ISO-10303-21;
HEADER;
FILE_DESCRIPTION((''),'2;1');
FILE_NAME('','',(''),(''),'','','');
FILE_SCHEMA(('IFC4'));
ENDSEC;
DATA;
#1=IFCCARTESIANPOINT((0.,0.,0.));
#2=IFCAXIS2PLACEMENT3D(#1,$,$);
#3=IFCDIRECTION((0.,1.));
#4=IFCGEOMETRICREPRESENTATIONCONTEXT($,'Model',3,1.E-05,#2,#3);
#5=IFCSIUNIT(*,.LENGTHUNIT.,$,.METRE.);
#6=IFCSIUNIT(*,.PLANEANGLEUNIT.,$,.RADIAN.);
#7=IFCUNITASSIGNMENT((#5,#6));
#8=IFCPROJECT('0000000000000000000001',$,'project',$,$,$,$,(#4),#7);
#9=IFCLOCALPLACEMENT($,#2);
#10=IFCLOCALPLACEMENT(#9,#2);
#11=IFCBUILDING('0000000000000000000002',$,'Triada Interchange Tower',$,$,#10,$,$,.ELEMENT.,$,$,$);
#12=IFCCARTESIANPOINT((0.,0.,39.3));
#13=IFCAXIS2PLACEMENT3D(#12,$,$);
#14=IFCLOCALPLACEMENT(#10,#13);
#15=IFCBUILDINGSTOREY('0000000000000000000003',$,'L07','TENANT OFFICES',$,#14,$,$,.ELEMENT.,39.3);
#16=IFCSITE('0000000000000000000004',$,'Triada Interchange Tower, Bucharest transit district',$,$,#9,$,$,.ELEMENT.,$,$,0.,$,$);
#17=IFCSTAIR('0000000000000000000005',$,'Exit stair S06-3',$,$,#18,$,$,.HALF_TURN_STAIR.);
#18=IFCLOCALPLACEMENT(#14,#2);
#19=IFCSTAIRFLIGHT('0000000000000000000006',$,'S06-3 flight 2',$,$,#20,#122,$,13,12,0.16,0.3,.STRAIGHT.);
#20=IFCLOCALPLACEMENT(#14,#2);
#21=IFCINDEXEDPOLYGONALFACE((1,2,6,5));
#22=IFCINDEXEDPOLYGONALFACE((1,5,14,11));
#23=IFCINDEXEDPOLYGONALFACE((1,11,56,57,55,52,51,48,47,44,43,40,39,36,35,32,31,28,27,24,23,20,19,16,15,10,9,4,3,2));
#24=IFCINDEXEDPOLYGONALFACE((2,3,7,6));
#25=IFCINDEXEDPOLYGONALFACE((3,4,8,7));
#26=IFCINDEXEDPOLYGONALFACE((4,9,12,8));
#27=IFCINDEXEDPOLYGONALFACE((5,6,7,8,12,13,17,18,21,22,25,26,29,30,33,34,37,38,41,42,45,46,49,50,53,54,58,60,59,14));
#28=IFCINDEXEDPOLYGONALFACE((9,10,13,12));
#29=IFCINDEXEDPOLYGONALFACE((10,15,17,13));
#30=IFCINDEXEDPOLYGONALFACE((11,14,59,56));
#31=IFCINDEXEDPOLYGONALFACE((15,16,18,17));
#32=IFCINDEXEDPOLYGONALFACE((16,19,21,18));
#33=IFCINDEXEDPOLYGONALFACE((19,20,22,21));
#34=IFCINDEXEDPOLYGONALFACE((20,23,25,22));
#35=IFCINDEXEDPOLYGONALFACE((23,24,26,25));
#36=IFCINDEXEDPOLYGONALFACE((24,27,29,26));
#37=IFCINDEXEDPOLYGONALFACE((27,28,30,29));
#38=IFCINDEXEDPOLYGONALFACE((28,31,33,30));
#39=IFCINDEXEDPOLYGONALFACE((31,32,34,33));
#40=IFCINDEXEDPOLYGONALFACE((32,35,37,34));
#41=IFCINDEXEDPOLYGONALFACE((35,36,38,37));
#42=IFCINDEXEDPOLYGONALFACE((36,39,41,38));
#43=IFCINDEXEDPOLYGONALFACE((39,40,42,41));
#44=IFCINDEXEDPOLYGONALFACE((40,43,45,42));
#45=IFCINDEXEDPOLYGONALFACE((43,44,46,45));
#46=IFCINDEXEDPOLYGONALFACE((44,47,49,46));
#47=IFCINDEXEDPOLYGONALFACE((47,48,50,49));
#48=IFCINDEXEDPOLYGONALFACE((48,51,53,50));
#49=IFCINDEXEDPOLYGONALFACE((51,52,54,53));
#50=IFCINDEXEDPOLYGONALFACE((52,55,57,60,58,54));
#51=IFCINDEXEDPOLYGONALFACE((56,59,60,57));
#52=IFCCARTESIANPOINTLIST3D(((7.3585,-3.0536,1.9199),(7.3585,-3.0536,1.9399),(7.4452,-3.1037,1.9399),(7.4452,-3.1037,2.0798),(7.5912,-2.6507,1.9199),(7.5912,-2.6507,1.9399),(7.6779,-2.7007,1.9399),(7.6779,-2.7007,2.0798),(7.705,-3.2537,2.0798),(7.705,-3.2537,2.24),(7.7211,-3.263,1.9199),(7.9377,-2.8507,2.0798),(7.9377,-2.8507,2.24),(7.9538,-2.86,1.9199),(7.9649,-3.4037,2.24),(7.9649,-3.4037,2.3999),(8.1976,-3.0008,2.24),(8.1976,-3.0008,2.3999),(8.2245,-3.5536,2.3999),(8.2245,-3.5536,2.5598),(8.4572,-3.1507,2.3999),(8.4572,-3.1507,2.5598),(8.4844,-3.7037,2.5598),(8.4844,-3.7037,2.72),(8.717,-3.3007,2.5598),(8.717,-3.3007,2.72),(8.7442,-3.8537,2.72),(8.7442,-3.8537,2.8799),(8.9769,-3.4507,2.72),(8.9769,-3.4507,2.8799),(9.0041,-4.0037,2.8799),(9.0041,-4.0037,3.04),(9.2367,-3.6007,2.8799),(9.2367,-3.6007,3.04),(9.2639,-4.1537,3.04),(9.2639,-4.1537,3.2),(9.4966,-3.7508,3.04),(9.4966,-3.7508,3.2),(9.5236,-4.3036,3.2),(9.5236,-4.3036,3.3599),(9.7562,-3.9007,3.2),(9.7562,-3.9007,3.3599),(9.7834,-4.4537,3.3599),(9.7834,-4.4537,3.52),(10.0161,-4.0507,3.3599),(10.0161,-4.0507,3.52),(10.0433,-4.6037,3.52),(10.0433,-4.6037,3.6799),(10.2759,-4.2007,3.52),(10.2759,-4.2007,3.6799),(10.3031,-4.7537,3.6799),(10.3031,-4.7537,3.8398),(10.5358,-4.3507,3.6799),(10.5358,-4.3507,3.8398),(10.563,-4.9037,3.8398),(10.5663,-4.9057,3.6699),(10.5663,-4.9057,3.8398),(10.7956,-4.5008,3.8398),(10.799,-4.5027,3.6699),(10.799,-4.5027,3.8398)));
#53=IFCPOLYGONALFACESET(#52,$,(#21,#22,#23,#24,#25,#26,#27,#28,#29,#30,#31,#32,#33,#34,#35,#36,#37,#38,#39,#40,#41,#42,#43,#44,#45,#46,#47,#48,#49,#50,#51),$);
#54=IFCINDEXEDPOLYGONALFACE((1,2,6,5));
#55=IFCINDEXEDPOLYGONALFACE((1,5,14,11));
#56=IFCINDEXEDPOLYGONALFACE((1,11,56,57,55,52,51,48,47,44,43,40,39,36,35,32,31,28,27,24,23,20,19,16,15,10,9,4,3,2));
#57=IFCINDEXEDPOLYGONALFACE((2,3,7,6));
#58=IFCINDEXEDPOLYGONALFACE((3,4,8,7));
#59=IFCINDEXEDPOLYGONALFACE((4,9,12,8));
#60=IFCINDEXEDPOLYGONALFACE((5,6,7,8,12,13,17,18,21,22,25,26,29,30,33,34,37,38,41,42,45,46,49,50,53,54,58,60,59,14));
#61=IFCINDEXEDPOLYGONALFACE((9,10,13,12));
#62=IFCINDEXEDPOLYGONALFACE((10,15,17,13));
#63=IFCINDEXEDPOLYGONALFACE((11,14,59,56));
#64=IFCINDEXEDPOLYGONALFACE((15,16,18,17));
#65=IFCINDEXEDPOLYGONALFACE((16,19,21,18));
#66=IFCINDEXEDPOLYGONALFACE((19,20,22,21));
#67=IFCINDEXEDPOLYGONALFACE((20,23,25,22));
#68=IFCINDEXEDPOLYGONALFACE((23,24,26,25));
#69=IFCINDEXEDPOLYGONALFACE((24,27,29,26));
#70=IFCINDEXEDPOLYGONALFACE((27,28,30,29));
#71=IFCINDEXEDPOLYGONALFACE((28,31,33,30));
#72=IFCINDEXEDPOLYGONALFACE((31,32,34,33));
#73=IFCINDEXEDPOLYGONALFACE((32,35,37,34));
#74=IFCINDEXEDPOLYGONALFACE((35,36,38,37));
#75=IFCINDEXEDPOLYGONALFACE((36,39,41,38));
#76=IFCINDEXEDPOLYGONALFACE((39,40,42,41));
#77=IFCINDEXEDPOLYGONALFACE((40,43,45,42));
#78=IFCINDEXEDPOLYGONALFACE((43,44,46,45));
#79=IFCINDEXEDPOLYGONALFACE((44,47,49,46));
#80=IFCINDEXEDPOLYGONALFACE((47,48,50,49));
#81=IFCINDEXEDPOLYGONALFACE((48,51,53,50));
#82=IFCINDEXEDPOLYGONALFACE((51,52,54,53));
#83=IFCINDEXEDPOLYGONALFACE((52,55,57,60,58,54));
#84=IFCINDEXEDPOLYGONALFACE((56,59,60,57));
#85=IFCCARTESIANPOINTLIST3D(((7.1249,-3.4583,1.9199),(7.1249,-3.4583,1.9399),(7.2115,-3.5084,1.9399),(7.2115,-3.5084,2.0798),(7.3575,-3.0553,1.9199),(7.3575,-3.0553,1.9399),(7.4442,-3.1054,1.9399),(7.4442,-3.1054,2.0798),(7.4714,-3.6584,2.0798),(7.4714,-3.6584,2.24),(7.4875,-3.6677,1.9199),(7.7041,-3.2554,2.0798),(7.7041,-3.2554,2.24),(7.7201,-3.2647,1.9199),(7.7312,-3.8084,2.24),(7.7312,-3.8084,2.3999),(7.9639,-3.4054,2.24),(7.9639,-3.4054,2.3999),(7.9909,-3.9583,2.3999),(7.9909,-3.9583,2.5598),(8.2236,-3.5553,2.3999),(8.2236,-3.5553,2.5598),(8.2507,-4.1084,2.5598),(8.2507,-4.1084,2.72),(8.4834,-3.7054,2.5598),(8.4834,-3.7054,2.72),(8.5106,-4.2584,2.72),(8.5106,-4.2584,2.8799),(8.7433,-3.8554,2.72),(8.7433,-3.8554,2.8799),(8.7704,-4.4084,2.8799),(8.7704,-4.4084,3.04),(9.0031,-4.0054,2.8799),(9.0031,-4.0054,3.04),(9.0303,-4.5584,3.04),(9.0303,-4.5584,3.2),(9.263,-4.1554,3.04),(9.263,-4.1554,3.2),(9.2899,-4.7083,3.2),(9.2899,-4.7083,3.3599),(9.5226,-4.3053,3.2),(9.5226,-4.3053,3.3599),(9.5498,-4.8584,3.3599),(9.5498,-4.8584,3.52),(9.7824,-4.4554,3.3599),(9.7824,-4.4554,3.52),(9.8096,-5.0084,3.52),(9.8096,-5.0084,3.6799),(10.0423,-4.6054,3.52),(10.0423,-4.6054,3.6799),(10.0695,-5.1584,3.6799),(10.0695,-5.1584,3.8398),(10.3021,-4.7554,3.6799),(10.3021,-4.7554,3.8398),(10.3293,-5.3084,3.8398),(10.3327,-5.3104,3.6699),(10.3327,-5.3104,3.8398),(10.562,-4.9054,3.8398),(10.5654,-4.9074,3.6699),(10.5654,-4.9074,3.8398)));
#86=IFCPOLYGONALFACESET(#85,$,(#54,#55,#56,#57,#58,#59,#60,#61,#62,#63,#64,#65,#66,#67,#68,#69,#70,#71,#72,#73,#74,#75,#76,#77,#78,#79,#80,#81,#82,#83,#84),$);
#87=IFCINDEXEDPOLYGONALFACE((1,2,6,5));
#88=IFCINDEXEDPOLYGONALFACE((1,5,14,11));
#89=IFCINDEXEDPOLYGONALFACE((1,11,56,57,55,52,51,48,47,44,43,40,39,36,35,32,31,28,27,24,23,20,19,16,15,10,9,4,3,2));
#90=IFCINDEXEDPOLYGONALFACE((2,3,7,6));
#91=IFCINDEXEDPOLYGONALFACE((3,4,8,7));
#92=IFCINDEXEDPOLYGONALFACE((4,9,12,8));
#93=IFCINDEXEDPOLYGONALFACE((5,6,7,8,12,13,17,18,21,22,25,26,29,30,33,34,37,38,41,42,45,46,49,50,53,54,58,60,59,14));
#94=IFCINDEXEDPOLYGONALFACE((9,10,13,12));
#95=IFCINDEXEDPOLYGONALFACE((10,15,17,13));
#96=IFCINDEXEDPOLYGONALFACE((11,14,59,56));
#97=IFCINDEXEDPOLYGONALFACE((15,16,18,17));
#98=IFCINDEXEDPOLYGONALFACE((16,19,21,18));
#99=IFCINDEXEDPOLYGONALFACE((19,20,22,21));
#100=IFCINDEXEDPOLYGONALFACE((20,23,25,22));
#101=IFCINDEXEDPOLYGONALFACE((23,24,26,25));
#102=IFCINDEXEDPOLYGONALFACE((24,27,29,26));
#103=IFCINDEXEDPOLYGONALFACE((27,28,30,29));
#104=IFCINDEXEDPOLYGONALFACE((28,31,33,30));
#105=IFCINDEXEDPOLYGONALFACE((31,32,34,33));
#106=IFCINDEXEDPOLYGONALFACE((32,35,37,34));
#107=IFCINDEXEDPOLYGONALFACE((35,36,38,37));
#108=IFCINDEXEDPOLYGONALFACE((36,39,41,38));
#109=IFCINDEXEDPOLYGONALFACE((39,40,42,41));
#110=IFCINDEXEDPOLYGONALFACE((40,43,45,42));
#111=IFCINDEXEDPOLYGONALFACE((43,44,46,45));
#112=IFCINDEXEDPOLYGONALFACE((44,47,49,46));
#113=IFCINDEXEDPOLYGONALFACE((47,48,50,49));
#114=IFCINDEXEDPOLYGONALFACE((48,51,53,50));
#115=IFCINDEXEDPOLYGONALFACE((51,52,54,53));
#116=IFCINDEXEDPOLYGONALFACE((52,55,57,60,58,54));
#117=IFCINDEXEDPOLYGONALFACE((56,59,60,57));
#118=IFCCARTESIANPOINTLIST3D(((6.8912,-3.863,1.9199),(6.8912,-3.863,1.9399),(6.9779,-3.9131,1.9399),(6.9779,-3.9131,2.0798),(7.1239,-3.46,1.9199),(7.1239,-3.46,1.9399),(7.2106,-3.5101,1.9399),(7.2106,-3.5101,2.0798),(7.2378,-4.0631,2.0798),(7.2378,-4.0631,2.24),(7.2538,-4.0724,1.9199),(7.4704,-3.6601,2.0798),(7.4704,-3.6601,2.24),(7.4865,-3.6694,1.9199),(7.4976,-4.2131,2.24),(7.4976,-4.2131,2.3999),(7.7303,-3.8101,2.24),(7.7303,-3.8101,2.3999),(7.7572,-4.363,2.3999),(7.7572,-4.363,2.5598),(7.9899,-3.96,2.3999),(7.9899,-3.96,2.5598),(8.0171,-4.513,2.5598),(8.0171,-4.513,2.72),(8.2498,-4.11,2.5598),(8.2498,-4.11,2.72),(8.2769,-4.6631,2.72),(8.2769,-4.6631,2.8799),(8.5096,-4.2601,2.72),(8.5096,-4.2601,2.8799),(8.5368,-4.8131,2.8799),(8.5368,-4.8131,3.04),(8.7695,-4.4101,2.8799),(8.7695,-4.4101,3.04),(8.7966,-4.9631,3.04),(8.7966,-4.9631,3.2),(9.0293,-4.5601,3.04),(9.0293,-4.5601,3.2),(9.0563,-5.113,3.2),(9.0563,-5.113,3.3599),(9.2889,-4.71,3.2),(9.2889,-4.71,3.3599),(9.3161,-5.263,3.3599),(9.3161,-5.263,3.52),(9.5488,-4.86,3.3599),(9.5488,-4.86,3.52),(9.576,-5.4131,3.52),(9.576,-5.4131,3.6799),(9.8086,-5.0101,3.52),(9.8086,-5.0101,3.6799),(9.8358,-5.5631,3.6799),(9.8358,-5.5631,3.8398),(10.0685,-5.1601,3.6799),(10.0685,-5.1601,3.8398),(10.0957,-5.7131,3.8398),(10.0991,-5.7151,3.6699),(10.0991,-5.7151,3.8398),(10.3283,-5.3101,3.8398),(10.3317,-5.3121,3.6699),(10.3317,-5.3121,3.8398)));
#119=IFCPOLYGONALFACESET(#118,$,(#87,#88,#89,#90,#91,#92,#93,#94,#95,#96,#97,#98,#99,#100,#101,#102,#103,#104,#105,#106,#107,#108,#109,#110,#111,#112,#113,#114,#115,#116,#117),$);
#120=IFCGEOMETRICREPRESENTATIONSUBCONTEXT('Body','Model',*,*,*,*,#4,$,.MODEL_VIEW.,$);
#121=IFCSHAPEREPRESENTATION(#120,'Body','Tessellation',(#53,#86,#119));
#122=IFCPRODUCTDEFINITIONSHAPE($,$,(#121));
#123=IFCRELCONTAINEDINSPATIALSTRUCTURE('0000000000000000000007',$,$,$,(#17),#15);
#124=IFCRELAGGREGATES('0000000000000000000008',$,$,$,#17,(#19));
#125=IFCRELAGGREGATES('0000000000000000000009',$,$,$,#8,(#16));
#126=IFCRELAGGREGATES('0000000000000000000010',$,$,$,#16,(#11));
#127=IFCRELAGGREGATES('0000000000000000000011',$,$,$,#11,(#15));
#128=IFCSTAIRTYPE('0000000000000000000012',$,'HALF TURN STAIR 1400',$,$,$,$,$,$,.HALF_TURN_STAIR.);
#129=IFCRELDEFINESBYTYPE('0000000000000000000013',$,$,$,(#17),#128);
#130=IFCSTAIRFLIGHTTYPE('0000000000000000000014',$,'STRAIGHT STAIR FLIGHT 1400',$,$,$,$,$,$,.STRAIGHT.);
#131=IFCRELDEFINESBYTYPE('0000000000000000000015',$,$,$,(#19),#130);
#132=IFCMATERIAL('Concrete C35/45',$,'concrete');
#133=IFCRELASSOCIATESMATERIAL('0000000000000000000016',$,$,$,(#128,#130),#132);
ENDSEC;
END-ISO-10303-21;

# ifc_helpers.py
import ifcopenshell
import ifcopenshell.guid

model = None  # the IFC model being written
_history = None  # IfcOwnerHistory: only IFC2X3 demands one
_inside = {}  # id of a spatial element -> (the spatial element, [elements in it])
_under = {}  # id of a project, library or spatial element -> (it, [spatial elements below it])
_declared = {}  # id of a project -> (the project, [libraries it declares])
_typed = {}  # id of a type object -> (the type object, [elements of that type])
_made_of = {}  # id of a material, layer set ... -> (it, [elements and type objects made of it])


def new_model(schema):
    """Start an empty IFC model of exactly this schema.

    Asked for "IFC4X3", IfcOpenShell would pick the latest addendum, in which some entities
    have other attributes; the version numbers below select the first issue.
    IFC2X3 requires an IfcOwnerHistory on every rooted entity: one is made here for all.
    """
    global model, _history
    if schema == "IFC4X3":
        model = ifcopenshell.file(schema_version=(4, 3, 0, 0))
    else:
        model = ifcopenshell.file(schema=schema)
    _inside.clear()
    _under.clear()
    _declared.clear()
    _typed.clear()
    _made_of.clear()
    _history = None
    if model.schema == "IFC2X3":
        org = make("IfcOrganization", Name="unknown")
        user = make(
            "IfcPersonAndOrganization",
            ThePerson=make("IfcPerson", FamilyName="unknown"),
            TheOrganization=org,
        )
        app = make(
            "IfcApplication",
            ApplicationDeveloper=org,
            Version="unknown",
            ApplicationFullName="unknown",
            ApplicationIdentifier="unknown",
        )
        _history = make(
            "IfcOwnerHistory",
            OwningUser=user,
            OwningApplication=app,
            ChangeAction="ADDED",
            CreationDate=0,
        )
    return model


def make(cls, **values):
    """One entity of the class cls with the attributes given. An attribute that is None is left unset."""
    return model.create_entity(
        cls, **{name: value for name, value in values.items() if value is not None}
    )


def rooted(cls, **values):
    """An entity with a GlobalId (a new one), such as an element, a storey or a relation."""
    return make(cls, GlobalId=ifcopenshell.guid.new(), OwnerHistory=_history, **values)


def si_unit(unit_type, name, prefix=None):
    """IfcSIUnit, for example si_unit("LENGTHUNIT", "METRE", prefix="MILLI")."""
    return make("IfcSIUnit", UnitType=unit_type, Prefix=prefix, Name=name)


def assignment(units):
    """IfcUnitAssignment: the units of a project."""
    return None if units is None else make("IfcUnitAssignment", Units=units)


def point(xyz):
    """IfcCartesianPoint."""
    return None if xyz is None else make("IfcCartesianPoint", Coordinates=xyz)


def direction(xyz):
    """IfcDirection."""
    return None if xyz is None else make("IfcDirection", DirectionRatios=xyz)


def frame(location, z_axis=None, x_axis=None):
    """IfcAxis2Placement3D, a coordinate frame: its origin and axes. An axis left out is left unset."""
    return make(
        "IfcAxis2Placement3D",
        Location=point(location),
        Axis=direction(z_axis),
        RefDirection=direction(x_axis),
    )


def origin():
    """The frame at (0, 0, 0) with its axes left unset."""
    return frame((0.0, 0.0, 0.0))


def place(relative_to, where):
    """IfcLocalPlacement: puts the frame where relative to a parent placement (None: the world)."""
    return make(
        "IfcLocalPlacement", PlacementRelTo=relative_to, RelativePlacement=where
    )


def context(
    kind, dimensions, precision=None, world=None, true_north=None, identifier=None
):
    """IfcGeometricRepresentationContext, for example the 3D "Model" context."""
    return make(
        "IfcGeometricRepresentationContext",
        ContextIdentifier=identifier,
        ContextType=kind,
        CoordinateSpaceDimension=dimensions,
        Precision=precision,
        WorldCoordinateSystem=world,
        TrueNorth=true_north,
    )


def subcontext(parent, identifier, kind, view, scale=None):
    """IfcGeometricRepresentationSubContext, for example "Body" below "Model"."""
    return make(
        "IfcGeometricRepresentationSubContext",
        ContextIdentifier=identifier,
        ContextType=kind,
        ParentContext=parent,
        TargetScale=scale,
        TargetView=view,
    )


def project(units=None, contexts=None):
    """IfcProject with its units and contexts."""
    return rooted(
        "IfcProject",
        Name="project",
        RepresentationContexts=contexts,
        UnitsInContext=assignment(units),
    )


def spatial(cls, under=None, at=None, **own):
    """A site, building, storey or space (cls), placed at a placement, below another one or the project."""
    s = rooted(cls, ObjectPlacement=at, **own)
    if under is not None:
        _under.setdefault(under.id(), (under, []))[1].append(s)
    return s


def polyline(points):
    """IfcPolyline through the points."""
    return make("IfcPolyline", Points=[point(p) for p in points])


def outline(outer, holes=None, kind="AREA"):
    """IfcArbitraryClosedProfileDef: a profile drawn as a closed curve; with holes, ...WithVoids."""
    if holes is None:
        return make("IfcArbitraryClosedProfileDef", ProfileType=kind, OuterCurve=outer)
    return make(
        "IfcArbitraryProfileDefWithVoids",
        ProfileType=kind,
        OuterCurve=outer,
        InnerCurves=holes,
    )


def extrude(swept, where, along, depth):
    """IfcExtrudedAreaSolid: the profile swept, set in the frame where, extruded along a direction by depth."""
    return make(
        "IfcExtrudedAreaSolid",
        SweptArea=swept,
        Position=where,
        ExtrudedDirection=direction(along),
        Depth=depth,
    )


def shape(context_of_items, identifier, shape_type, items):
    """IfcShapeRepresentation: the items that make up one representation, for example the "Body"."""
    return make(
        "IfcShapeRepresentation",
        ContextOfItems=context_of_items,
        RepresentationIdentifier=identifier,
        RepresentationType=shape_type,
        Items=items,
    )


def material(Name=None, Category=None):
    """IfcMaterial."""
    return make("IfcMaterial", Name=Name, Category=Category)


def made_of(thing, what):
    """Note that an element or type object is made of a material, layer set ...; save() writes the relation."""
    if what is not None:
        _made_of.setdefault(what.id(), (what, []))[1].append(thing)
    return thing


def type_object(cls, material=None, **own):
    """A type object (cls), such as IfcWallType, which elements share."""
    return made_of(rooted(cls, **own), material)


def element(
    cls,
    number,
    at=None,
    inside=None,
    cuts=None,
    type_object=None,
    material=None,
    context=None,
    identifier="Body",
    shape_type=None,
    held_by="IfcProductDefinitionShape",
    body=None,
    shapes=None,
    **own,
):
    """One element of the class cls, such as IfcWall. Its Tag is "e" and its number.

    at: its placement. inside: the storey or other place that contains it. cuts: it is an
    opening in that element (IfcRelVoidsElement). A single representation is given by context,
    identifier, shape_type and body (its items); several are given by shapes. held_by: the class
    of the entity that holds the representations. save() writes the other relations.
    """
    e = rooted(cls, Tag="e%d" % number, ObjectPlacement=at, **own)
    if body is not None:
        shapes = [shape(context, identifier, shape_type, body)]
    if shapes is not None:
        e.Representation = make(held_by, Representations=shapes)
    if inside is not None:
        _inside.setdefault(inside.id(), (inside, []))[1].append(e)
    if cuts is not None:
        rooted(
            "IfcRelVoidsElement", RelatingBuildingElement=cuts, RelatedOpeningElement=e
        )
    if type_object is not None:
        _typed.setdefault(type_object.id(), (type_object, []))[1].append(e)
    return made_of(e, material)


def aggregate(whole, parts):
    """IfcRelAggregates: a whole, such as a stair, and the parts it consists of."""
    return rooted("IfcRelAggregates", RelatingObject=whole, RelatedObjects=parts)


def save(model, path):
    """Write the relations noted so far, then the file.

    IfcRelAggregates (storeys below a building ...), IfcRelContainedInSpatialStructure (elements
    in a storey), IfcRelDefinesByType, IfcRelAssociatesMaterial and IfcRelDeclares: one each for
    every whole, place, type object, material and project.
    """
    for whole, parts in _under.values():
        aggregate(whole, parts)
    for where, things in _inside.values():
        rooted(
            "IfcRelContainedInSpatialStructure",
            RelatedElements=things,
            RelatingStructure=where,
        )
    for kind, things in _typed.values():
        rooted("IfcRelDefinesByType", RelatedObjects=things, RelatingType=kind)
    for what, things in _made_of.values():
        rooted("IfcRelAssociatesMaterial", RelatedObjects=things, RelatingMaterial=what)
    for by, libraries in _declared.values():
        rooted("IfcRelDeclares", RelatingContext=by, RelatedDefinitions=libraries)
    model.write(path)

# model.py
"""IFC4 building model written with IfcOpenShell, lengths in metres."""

from ifc_helpers import new_model, si_unit, direction, frame, origin, place, context, subcontext, project, spatial, polyline, outline, extrude, material, type_object, element, aggregate, save


model = new_model("IFC4")

# Units and contexts
model_context = context("Model", 3, precision=1e-05, world=origin(), true_north=direction((0.0, 1.0)))
body_context = subcontext(model_context, "Body", "Model", "MODEL_VIEW")
ifc_project = project(units=[si_unit("LENGTHUNIT", "METRE"), si_unit("PLANEANGLEUNIT", "RADIAN")], contexts=[model_context])

# Site, building, storey
site_placement = place(None, origin())
site = spatial("IfcSite", under=ifc_project, at=site_placement, Name="Triada Interchange Tower, Bucharest transit district", CompositionType="ELEMENT", RefElevation=0.0)
building_placement = place(site_placement, origin())
building = spatial("IfcBuilding", under=site, at=building_placement, Name="Triada Interchange Tower", CompositionType="ELEMENT")
storey_placement = place(building_placement, frame((0.0, 0.0, 39.3)))
storey = spatial("IfcBuildingStorey", under=building, at=storey_placement, Name="L07", Description="TENANT OFFICES", CompositionType="ELEMENT", Elevation=39.3)

# Stair, stair flight
ifc_material_1 = material(Name="Concrete C35/45", Category="concrete")
stair_type = type_object("IfcStairType", Name="HALF TURN STAIR 1400", PredefinedType="HALF_TURN_STAIR", material=ifc_material_1)
stair_placement = place(storey_placement, origin())
stair = element("IfcStair", 1, at=stair_placement, inside=storey, type_object=stair_type, Name="Exit stair S06-3", PredefinedType="HALF_TURN_STAIR")
stair_flight_type = type_object("IfcStairFlightType", Name="STRAIGHT STAIR FLIGHT 1400", PredefinedType="STRAIGHT", material=ifc_material_1)
stair_flight_1_placement = place(storey_placement, frame((7.3279, -3.3069, 1.9199), z_axis=(0.0, 0.0, 1.0), x_axis=(0.866025, -0.5, 0.0)))
stair_flight_1 = element("IfcStairFlight", 2, at=stair_flight_1_placement, type_object=stair_flight_type, Name="S06-3 flight 2", NumberOfRisers=13, NumberOfTreads=12, PredefinedType="STRAIGHT", RiserHeight=0.16, TreadLength=0.3, context=body_context, shape_type="SweptSolid", body=[
    extrude(outline(polyline([(-0.1001, 0.0), (-0.1001, 0.02), (0.0, 0.02), (0.0, 0.1599), (0.3, 0.1599), (0.3, 0.3201), (0.6001, 0.3201), (0.6001, 0.48), (0.8999, 0.48), (0.8999, 0.6399), (1.2, 0.6399), (1.2, 0.8), (1.5, 0.8), (1.5, 0.96), (1.8, 0.96), (1.8, 1.1201), (2.1001, 1.1201), (2.1001, 1.28), (2.3999, 1.28), (2.3999, 1.4399), (2.7, 1.4399), (2.7, 1.6001), (3.0, 1.6001), (3.0, 1.76), (3.3, 1.76), (3.3, 1.9199), (3.6001, 1.9199), (3.604, 1.9199), (3.604, 2.0801), (3.604, 1.75), (0.3186, 0.0), (-0.1001, 0.0)])), frame((0.0, 0.7, 0.0), z_axis=(0.0, -1.0, 0.0), x_axis=(1.0, 0.0, 0.0)), (0.0, 0.0, 1.0), 0.4653),
    extrude(outline(polyline([(-0.1001, 0.0), (-0.1001, 0.02), (0.0, 0.02), (0.0, 0.1599), (0.3, 0.1599), (0.3, 0.3201), (0.6001, 0.3201), (0.6001, 0.48), (0.8999, 0.48), (0.8999, 0.6399), (1.2, 0.6399), (1.2, 0.8), (1.5, 0.8), (1.5, 0.96), (1.8, 0.96), (1.8, 1.1201), (2.1001, 1.1201), (2.1001, 1.28), (2.3999, 1.28), (2.3999, 1.4399), (2.7, 1.4399), (2.7, 1.6001), (3.0, 1.6001), (3.0, 1.76), (3.3, 1.76), (3.3, 1.9199), (3.6001, 1.9199), (3.604, 1.9199), (3.604, 2.0801), (3.604, 1.75), (0.3186, 0.0), (-0.1001, 0.0)])), frame((0.0, 0.2327, 0.0), z_axis=(0.0, -1.0, 0.0), x_axis=(1.0, 0.0, 0.0)), (0.0, 0.0, 1.0), 0.4653),
    extrude(outline(polyline([(-0.1001, 0.0), (-0.1001, 0.02), (0.0, 0.02), (0.0, 0.1599), (0.3, 0.1599), (0.3, 0.3201), (0.6001, 0.3201), (0.6001, 0.48), (0.8999, 0.48), (0.8999, 0.6399), (1.2, 0.6399), (1.2, 0.8), (1.5, 0.8), (1.5, 0.96), (1.8, 0.96), (1.8, 1.1201), (2.1001, 1.1201), (2.1001, 1.28), (2.3999, 1.28), (2.3999, 1.4399), (2.7, 1.4399), (2.7, 1.6001), (3.0, 1.6001), (3.0, 1.76), (3.3, 1.76), (3.3, 1.9199), (3.6001, 1.9199), (3.604, 1.9199), (3.604, 2.0801), (3.604, 1.75), (0.3186, 0.0), (-0.1001, 0.0)])), frame((0.0, -0.2346, 0.0), z_axis=(0.0, -1.0, 0.0), x_axis=(1.0, 0.0, 0.0)), (0.0, 0.0, 1.0), 0.4653),
])
aggregate(stair, [stair_flight_1])

save(model, "model.ifc")
